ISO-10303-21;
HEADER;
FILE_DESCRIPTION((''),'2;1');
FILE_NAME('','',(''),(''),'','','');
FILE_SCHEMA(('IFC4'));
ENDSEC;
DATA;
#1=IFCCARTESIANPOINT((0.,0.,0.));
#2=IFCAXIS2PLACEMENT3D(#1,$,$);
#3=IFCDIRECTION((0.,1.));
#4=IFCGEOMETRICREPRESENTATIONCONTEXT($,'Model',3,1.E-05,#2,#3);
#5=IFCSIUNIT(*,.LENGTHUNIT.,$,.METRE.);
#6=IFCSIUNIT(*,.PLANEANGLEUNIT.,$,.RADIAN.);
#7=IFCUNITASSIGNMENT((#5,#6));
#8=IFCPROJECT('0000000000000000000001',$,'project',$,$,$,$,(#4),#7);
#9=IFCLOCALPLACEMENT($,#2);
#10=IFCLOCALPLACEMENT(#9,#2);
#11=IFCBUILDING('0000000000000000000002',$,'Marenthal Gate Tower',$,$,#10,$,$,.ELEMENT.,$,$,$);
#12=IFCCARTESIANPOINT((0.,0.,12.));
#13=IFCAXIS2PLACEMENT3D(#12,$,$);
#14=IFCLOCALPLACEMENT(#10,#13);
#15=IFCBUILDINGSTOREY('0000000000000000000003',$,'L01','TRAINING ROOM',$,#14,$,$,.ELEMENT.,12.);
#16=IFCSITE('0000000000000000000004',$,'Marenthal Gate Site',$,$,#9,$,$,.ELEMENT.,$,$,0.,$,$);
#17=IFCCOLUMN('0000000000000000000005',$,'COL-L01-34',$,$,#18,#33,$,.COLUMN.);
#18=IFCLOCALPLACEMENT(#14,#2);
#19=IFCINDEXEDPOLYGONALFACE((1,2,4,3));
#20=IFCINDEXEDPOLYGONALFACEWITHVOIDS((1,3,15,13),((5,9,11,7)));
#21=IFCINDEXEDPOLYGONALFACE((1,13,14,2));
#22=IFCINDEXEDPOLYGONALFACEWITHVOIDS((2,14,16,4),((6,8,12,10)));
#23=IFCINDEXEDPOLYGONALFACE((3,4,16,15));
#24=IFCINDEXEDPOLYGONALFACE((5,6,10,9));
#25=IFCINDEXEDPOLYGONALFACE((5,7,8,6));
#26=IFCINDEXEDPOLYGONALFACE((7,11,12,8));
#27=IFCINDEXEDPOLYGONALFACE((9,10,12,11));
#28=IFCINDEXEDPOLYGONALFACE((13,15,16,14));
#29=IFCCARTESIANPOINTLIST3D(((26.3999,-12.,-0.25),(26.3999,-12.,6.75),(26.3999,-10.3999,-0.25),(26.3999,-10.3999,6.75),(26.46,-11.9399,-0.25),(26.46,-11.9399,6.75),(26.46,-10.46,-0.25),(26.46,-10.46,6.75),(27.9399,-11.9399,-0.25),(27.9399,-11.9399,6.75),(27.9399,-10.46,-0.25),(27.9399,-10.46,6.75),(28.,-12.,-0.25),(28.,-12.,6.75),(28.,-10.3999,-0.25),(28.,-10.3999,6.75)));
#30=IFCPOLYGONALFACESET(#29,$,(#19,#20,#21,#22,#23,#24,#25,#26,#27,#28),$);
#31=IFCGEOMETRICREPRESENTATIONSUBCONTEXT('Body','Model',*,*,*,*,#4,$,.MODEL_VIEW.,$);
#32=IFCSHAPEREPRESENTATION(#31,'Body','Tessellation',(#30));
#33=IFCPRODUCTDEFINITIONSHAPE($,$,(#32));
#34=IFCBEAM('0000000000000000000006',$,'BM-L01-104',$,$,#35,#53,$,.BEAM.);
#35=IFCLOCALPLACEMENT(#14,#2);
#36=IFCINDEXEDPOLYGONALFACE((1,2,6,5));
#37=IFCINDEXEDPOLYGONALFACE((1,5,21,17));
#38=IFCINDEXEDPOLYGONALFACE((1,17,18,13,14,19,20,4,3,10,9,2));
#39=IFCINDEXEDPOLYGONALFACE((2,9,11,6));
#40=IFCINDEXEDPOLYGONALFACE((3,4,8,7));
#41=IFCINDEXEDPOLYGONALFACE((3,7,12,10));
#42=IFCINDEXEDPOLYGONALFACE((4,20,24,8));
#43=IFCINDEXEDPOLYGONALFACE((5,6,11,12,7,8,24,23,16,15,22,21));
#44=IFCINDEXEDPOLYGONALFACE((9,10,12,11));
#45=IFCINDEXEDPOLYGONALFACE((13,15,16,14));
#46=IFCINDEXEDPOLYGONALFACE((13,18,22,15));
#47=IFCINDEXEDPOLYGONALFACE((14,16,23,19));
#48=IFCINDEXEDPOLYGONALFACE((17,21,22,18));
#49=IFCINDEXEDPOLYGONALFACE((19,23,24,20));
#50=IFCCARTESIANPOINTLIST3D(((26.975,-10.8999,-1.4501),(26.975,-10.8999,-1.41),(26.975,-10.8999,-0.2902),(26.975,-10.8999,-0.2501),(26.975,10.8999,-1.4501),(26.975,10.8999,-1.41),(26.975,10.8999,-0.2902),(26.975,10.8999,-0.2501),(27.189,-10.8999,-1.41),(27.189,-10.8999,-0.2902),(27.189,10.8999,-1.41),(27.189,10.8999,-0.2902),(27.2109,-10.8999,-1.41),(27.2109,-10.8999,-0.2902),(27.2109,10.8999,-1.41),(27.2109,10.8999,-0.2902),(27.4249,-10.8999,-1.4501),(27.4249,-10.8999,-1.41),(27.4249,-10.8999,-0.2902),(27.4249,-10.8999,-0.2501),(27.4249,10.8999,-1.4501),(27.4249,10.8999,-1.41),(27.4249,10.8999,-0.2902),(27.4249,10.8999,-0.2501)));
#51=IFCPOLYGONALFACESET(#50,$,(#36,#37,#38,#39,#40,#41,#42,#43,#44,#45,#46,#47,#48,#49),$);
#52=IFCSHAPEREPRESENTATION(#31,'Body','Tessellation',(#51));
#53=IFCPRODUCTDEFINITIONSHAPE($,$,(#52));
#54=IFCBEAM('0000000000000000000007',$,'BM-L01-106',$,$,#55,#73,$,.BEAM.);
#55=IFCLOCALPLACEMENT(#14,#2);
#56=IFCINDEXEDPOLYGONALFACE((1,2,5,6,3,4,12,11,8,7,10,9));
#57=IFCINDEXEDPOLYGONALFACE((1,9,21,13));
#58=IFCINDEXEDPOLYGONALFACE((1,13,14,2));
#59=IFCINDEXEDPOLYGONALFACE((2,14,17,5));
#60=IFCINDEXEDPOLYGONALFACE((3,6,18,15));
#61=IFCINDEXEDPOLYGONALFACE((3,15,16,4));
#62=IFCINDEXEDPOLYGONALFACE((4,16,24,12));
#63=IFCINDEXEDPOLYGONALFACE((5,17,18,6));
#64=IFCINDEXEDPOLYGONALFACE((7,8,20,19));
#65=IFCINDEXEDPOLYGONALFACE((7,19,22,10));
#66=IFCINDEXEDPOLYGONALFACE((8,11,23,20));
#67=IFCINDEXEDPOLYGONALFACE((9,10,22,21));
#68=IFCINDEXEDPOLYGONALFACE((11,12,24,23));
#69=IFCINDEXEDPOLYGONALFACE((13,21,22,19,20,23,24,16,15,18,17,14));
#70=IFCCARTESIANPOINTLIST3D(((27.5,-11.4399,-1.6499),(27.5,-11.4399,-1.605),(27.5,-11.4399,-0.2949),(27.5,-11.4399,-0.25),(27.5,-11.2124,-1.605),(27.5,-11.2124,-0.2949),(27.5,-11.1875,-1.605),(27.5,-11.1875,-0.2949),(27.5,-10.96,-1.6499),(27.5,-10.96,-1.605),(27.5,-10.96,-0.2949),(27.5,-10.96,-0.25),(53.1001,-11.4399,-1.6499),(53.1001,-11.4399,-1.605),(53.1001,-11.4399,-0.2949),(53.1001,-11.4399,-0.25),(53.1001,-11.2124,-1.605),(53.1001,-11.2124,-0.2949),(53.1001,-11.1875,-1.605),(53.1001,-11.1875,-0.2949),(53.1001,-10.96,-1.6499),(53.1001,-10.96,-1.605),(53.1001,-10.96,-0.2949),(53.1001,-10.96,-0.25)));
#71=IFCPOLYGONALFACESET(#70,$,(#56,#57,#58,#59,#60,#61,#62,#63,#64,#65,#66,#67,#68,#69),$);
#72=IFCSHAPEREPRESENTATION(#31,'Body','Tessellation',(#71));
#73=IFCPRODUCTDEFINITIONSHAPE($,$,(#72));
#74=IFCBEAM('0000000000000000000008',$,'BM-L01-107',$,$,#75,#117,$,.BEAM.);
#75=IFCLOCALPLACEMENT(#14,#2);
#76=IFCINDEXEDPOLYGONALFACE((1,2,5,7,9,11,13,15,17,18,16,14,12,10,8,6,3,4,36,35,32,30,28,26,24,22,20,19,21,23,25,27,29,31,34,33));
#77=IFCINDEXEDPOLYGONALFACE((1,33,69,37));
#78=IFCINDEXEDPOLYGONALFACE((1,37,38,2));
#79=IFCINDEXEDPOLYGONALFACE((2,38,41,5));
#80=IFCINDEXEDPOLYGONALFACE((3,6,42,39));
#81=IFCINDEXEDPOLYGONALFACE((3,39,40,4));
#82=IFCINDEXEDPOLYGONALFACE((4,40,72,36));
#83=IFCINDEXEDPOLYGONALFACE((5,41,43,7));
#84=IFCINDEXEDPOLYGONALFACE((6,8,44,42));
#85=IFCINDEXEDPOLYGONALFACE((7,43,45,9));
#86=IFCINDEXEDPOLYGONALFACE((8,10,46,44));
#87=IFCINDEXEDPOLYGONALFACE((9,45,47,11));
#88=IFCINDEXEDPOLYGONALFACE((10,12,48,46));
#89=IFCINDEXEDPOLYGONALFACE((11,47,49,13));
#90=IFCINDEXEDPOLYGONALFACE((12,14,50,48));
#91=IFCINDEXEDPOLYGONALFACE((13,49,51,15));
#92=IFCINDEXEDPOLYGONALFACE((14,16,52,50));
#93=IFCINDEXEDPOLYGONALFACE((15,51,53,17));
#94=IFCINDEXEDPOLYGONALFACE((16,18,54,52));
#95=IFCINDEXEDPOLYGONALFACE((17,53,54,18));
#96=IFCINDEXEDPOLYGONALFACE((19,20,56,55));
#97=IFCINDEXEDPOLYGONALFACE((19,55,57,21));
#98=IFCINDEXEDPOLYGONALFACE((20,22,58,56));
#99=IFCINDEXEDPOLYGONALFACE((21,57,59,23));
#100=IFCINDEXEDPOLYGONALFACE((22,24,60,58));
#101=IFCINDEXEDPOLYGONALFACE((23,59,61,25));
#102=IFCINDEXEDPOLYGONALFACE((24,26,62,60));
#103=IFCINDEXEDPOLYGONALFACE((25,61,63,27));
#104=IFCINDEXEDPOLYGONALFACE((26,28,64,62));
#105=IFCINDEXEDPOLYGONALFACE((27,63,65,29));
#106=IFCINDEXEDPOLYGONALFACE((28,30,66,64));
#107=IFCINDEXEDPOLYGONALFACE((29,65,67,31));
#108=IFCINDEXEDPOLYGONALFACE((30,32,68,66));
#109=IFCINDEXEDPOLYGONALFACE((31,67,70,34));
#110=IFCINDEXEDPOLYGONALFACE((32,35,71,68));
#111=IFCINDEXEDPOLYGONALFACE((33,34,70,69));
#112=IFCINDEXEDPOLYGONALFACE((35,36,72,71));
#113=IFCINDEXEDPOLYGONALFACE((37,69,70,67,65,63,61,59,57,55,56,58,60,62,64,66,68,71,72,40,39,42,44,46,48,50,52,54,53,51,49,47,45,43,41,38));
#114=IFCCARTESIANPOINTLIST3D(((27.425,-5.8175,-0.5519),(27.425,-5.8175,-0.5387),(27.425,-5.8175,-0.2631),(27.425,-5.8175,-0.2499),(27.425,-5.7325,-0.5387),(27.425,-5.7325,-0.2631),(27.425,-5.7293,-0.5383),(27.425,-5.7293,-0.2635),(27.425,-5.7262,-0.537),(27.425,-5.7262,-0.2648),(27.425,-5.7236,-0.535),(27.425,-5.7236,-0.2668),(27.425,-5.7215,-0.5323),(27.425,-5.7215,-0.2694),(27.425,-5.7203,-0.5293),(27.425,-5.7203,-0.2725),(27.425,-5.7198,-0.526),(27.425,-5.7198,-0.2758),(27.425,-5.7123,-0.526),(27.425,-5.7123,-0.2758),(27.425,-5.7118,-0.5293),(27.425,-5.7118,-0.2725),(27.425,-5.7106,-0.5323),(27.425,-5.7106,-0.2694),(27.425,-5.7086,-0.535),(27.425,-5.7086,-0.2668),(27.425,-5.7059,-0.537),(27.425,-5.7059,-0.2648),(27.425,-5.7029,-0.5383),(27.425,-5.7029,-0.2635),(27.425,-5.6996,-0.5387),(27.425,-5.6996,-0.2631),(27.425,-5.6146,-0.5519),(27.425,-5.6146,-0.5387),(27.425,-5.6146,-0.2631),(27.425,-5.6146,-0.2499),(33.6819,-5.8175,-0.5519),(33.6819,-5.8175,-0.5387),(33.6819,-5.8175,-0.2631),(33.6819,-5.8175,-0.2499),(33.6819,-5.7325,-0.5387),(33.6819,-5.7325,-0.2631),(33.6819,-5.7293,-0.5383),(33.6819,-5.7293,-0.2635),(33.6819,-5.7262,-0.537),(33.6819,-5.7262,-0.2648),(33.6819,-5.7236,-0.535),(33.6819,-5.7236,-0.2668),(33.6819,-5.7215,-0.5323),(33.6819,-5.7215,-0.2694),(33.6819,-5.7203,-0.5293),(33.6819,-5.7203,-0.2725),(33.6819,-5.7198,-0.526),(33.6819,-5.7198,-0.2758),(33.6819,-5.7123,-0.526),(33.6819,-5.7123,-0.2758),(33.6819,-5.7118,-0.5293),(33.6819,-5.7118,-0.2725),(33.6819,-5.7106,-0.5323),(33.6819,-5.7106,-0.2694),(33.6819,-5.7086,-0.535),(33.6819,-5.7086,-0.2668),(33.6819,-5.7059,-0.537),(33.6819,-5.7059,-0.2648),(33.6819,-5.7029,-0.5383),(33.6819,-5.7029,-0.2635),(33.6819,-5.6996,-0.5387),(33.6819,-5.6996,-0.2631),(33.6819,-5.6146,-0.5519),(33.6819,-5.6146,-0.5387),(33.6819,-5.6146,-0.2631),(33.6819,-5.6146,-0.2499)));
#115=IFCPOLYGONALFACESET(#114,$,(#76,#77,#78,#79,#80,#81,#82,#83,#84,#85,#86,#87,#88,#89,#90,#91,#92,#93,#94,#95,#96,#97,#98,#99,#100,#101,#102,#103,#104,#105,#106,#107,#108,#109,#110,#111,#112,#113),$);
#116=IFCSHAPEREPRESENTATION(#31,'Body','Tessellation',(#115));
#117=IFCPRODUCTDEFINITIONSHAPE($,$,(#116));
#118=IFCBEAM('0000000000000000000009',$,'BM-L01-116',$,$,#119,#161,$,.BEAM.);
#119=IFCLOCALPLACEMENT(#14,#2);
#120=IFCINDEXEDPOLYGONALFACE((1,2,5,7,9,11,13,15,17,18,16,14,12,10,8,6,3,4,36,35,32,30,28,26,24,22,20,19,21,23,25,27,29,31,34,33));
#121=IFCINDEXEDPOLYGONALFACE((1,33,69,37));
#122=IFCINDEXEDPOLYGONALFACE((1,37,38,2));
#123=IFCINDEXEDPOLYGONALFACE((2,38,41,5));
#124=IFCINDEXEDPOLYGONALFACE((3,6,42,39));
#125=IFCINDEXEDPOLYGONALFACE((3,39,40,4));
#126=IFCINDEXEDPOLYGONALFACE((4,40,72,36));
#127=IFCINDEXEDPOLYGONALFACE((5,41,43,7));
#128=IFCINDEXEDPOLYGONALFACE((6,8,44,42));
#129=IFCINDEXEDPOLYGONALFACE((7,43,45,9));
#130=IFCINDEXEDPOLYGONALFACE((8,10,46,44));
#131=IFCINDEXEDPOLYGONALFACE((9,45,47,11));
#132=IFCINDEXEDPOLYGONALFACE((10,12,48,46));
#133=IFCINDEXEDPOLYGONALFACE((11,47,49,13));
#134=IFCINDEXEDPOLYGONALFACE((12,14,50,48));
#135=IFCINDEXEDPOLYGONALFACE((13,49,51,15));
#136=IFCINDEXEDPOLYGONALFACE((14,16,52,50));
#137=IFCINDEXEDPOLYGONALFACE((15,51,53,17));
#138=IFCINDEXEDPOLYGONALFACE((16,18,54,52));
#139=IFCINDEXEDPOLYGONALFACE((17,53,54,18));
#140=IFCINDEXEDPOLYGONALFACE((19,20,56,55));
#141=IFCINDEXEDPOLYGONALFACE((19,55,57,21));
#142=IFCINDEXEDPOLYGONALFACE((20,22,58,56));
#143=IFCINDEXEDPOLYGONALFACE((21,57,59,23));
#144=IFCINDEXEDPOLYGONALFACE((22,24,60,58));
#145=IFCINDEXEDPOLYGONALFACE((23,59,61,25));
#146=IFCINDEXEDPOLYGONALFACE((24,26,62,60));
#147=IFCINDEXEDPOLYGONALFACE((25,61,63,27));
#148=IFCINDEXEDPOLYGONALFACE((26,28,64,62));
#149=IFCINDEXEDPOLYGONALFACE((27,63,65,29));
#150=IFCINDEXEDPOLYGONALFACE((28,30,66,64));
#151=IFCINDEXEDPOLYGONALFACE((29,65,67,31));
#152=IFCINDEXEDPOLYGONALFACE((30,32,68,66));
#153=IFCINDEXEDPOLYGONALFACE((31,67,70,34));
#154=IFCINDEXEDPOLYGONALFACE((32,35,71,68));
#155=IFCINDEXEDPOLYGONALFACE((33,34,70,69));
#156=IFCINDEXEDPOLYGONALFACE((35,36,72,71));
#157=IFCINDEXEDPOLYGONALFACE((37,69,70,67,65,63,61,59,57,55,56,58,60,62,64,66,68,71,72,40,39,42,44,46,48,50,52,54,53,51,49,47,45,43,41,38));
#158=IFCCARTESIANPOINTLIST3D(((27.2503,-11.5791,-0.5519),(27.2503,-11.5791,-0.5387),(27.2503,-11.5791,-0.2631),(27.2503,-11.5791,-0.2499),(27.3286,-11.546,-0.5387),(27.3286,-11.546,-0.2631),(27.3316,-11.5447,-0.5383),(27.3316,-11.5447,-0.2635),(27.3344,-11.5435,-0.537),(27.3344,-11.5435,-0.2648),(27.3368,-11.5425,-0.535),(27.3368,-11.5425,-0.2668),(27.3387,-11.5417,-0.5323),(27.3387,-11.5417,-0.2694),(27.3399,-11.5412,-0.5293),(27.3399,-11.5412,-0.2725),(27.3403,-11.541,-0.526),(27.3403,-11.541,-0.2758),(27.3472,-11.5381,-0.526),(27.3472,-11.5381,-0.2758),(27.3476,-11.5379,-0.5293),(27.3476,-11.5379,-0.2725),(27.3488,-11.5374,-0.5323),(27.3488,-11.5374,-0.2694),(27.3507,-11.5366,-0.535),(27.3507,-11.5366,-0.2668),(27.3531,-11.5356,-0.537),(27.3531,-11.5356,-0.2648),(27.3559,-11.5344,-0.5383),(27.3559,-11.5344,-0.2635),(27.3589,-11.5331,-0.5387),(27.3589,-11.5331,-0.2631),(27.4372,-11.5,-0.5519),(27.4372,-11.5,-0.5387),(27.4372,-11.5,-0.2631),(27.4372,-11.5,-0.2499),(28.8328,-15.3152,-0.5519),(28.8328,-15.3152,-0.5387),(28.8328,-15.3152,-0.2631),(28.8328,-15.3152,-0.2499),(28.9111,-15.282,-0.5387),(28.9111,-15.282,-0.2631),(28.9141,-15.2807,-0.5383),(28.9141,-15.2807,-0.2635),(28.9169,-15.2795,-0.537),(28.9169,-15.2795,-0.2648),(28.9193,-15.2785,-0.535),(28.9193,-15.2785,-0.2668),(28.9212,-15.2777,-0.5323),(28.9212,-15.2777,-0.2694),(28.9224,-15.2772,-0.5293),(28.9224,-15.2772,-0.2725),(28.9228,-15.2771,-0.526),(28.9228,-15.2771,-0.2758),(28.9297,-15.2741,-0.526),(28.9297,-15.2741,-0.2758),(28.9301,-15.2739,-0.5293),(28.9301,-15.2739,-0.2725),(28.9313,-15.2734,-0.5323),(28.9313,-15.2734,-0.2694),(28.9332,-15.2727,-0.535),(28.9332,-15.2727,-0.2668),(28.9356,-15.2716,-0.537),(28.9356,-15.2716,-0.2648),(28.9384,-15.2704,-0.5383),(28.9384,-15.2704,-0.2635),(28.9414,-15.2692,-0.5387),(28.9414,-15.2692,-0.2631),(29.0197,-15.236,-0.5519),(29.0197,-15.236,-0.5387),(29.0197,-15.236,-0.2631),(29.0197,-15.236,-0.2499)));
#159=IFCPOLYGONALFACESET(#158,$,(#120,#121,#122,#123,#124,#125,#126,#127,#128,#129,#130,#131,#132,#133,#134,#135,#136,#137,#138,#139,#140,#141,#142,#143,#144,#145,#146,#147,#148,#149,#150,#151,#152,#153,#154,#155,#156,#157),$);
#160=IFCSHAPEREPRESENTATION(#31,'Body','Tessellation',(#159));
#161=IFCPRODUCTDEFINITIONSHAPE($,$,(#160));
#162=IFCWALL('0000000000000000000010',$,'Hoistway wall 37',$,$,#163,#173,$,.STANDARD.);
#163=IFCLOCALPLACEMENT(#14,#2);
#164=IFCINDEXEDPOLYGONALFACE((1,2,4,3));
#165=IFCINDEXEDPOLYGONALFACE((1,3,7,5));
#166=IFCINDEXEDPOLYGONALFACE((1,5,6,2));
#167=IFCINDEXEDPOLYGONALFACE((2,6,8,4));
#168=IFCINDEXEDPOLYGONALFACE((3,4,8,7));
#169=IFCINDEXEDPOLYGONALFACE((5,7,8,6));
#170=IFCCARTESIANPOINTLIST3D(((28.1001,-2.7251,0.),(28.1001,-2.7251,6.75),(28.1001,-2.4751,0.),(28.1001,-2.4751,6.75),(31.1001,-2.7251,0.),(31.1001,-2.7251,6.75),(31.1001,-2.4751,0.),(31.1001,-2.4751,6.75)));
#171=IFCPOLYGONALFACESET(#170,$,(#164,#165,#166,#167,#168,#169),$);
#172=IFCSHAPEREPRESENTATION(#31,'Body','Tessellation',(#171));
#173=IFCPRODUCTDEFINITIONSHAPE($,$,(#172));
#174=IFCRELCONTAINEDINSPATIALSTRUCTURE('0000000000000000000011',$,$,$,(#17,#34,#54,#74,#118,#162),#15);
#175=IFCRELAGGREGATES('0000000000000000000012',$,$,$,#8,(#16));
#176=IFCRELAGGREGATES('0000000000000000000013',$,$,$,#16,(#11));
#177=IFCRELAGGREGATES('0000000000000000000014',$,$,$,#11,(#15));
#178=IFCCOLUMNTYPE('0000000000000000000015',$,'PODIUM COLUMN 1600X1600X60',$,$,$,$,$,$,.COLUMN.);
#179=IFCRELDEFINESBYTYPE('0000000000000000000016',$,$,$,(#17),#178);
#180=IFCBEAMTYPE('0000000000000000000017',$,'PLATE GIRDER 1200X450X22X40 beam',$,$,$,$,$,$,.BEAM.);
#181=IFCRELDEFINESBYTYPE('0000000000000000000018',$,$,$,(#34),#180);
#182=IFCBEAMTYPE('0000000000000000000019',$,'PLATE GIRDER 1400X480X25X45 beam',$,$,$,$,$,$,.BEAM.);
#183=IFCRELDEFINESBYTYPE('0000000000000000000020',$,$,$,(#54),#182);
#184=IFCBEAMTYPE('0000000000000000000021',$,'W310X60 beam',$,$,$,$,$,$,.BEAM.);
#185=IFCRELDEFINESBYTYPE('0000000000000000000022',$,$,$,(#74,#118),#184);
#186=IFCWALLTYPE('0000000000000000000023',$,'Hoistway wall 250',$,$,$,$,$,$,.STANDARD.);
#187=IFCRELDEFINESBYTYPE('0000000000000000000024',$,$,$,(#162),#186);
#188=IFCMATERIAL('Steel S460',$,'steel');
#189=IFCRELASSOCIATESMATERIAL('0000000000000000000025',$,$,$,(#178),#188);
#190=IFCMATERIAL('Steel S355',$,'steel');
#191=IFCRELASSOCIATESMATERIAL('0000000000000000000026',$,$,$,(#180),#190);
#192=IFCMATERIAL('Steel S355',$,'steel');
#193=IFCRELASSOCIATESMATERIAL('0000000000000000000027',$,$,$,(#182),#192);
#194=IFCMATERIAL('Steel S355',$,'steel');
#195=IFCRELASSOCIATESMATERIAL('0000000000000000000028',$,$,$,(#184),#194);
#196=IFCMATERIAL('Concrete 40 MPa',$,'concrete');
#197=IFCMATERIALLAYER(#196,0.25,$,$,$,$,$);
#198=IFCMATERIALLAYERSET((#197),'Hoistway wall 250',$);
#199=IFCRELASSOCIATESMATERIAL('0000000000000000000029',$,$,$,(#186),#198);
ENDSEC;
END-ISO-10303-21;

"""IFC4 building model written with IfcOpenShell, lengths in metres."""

from ifc_helpers import new_model, si_unit, direction, frame, frame_2d, origin, origin_2d, place, context, subcontext, project, spatial, rectangle, hollow_rectangle, i_section, extrude, material, layer, layer_set, material_profile, profile_set, type_object, element, save


model = new_model("IFC4")

# Units and contexts
model_context = context("Model", 3, precision=1e-05, world=origin(), true_north=direction((0.0, 1.0)))
body_context = subcontext(model_context, "Body", "Model", "MODEL_VIEW")
ifc_project = project(units=[si_unit("LENGTHUNIT", "METRE"), si_unit("PLANEANGLEUNIT", "RADIAN")], contexts=[model_context])

# Site, building, storey
site_placement = place(None, origin())
site = spatial("IfcSite", under=ifc_project, at=site_placement, Name="Marenthal Gate Site", CompositionType="ELEMENT", RefElevation=0.0)
building_placement = place(site_placement, origin())
building = spatial("IfcBuilding", under=site, at=building_placement, Name="Marenthal Gate Tower", CompositionType="ELEMENT")
storey_placement = place(building_placement, frame((0.0, 0.0, 12.0)))
storey = spatial("IfcBuildingStorey", under=building, at=storey_placement, Name="L01", Description="TRAINING ROOM", CompositionType="ELEMENT", Elevation=12.0)

# Column
ifc_material_1 = material(Name="Steel S460", Category="steel")
ifc_material_profile_1 = material_profile(ifc_material_1, hollow_rectangle(XDim=1.6001, YDim=1.6001, WallThickness=0.0601, at=origin_2d()), Name="CFT BOX 1600X1600X60")
ifc_material_2 = material(Name="Concrete 70 MPa", Category="concrete")
ifc_material_profile_2 = material_profile(ifc_material_2, rectangle(XDim=1.48, YDim=1.48, at=origin_2d()), Name="CFT BOX 1600X1600X60 INFILL")
ifc_profile_set_1 = profile_set([ifc_material_profile_1, ifc_material_profile_2], Name="Steel S460 shell, Concrete 70 MPa infill")
column_type = type_object("IfcColumnType", Name="PODIUM COLUMN 1600X1600X60", PredefinedType="COLUMN", material=ifc_profile_set_1)
column_placement = place(storey_placement, frame((27.2, -11.2, -0.25), z_axis=(0.0, 0.0, 1.0), x_axis=(1.0, 0.0, 0.0)))
element("IfcColumn", 1, at=column_placement, inside=storey, type_object=column_type, Name="COL-L01-34", PredefinedType="COLUMN", context=body_context, shape_type="SweptSolid", body=[
    extrude(hollow_rectangle(XDim=1.6001, YDim=1.6001, WallThickness=0.0601, at=origin_2d()), origin(), (0.0, 0.0, 1.0), 7.0),
])

# Beams
ifc_material_3 = material(Name="Steel S355", Category="steel")
ifc_material_profile_3 = material_profile(ifc_material_3, i_section(OverallWidth=0.45, OverallDepth=1.2, WebThickness=0.022, FlangeThickness=0.04, at=origin_2d()), Name="PLATE GIRDER 1200X450X22X40")
ifc_profile_set_2 = profile_set([ifc_material_profile_3], Name="Steel S355")
beam_type_1 = type_object("IfcBeamType", Name="PLATE GIRDER 1200X450X22X40 beam", PredefinedType="BEAM", material=ifc_profile_set_2)
beam_1_placement = place(storey_placement, frame((27.2, -10.8999, -0.8501), z_axis=(0.0, 1.0, 0.0), x_axis=(-1.0, 0.0, 0.0)))
element("IfcBeam", 2, at=beam_1_placement, inside=storey, type_object=beam_type_1, Name="BM-L01-104", PredefinedType="BEAM", context=body_context, shape_type="SweptSolid", body=[
    extrude(i_section(OverallWidth=0.45, OverallDepth=1.2, WebThickness=0.022, FlangeThickness=0.04, at=origin_2d()), origin(), (0.0, 0.0, 1.0), 21.7998),
])
ifc_material_4 = material(Name="Steel S355", Category="steel")
ifc_material_profile_4 = material_profile(ifc_material_4, i_section(OverallWidth=0.48, OverallDepth=1.3999, WebThickness=0.0249, FlangeThickness=0.0449, at=origin_2d()), Name="PLATE GIRDER 1400X480X25X45")
ifc_profile_set_3 = profile_set([ifc_material_profile_4], Name="Steel S355")
beam_type_2 = type_object("IfcBeamType", Name="PLATE GIRDER 1400X480X25X45 beam", PredefinedType="BEAM", material=ifc_profile_set_3)
beam_2_placement = place(storey_placement, frame((27.5, -11.2, -0.95), z_axis=(1.0, 0.0, 0.0), x_axis=(0.0, 1.0, 0.0)))
element("IfcBeam", 3, at=beam_2_placement, inside=storey, type_object=beam_type_2, Name="BM-L01-106", PredefinedType="BEAM", context=body_context, shape_type="SweptSolid", body=[
    extrude(i_section(OverallWidth=0.48, OverallDepth=1.3999, WebThickness=0.0249, FlangeThickness=0.0449, at=origin_2d()), origin(), (0.0, 0.0, 1.0), 25.6001),
])
ifc_material_5 = material(Name="Steel S355", Category="steel")
ifc_material_profile_5 = material_profile(ifc_material_5, i_section(OverallWidth=0.2029, OverallDepth=0.302, WebThickness=0.0076, FlangeThickness=0.0132, FilletRadius=0.0127, at=origin_2d()), Name="W310X60")
ifc_profile_set_4 = profile_set([ifc_material_profile_5], Name="Steel S355")
beam_type_3 = type_object("IfcBeamType", Name="W310X60 beam", PredefinedType="BEAM", material=ifc_profile_set_4)
beam_3_placement = place(storey_placement, frame((27.425, -5.7161, -0.4009), z_axis=(1.0, 0.0, 0.0), x_axis=(0.0, 1.0, 0.0)))
element("IfcBeam", 4, at=beam_3_placement, inside=storey, type_object=beam_type_3, Name="BM-L01-107", PredefinedType="BEAM", context=body_context, shape_type="SweptSolid", body=[
    extrude(i_section(OverallWidth=0.2029, OverallDepth=0.302, WebThickness=0.0076, FlangeThickness=0.0132, FilletRadius=0.0127, at=origin_2d()), origin(), (0.0, 0.0, 1.0), 6.2568),
])
beam_4_placement = place(storey_placement, frame((27.3438, -11.5396, -0.4009), z_axis=(0.390031, -0.920802, 0.0), x_axis=(0.920802, 0.390031, 0.0)))
element("IfcBeam", 5, at=beam_4_placement, inside=storey, type_object=beam_type_3, Name="BM-L01-116", PredefinedType="BEAM", context=body_context, shape_type="SweptSolid", body=[
    extrude(i_section(OverallWidth=0.2029, OverallDepth=0.302, WebThickness=0.0076, FlangeThickness=0.0132, FilletRadius=0.0127, at=origin_2d()), origin(), (0.0, 0.0, 1.0), 4.0574),
])

# Wall
ifc_material_6 = material(Name="Concrete 40 MPa", Category="concrete")
ifc_layer_1 = layer(ifc_material_6, 0.25)
ifc_layer_set_1 = layer_set([ifc_layer_1], Name="Hoistway wall 250")
wall_type_1 = type_object("IfcWallType", Name="Hoistway wall 250", PredefinedType="STANDARD", material=ifc_layer_set_1)
wall_1_placement = place(storey_placement, frame((28.1001, -2.6001, 0.0), z_axis=(0.0, 0.0, 1.0), x_axis=(1.0, 0.0, 0.0)))
element("IfcWall", 6, at=wall_1_placement, inside=storey, type_object=wall_type_1, Name="Hoistway wall 37", PredefinedType="STANDARD", context=body_context, shape_type="SweptSolid", body=[
    extrude(rectangle(XDim=3.0, YDim=0.25, at=frame_2d((1.5, 0.0))), origin(), (0.0, 0.0, 1.0), 6.75),
])

save(model, "model.ifc")
